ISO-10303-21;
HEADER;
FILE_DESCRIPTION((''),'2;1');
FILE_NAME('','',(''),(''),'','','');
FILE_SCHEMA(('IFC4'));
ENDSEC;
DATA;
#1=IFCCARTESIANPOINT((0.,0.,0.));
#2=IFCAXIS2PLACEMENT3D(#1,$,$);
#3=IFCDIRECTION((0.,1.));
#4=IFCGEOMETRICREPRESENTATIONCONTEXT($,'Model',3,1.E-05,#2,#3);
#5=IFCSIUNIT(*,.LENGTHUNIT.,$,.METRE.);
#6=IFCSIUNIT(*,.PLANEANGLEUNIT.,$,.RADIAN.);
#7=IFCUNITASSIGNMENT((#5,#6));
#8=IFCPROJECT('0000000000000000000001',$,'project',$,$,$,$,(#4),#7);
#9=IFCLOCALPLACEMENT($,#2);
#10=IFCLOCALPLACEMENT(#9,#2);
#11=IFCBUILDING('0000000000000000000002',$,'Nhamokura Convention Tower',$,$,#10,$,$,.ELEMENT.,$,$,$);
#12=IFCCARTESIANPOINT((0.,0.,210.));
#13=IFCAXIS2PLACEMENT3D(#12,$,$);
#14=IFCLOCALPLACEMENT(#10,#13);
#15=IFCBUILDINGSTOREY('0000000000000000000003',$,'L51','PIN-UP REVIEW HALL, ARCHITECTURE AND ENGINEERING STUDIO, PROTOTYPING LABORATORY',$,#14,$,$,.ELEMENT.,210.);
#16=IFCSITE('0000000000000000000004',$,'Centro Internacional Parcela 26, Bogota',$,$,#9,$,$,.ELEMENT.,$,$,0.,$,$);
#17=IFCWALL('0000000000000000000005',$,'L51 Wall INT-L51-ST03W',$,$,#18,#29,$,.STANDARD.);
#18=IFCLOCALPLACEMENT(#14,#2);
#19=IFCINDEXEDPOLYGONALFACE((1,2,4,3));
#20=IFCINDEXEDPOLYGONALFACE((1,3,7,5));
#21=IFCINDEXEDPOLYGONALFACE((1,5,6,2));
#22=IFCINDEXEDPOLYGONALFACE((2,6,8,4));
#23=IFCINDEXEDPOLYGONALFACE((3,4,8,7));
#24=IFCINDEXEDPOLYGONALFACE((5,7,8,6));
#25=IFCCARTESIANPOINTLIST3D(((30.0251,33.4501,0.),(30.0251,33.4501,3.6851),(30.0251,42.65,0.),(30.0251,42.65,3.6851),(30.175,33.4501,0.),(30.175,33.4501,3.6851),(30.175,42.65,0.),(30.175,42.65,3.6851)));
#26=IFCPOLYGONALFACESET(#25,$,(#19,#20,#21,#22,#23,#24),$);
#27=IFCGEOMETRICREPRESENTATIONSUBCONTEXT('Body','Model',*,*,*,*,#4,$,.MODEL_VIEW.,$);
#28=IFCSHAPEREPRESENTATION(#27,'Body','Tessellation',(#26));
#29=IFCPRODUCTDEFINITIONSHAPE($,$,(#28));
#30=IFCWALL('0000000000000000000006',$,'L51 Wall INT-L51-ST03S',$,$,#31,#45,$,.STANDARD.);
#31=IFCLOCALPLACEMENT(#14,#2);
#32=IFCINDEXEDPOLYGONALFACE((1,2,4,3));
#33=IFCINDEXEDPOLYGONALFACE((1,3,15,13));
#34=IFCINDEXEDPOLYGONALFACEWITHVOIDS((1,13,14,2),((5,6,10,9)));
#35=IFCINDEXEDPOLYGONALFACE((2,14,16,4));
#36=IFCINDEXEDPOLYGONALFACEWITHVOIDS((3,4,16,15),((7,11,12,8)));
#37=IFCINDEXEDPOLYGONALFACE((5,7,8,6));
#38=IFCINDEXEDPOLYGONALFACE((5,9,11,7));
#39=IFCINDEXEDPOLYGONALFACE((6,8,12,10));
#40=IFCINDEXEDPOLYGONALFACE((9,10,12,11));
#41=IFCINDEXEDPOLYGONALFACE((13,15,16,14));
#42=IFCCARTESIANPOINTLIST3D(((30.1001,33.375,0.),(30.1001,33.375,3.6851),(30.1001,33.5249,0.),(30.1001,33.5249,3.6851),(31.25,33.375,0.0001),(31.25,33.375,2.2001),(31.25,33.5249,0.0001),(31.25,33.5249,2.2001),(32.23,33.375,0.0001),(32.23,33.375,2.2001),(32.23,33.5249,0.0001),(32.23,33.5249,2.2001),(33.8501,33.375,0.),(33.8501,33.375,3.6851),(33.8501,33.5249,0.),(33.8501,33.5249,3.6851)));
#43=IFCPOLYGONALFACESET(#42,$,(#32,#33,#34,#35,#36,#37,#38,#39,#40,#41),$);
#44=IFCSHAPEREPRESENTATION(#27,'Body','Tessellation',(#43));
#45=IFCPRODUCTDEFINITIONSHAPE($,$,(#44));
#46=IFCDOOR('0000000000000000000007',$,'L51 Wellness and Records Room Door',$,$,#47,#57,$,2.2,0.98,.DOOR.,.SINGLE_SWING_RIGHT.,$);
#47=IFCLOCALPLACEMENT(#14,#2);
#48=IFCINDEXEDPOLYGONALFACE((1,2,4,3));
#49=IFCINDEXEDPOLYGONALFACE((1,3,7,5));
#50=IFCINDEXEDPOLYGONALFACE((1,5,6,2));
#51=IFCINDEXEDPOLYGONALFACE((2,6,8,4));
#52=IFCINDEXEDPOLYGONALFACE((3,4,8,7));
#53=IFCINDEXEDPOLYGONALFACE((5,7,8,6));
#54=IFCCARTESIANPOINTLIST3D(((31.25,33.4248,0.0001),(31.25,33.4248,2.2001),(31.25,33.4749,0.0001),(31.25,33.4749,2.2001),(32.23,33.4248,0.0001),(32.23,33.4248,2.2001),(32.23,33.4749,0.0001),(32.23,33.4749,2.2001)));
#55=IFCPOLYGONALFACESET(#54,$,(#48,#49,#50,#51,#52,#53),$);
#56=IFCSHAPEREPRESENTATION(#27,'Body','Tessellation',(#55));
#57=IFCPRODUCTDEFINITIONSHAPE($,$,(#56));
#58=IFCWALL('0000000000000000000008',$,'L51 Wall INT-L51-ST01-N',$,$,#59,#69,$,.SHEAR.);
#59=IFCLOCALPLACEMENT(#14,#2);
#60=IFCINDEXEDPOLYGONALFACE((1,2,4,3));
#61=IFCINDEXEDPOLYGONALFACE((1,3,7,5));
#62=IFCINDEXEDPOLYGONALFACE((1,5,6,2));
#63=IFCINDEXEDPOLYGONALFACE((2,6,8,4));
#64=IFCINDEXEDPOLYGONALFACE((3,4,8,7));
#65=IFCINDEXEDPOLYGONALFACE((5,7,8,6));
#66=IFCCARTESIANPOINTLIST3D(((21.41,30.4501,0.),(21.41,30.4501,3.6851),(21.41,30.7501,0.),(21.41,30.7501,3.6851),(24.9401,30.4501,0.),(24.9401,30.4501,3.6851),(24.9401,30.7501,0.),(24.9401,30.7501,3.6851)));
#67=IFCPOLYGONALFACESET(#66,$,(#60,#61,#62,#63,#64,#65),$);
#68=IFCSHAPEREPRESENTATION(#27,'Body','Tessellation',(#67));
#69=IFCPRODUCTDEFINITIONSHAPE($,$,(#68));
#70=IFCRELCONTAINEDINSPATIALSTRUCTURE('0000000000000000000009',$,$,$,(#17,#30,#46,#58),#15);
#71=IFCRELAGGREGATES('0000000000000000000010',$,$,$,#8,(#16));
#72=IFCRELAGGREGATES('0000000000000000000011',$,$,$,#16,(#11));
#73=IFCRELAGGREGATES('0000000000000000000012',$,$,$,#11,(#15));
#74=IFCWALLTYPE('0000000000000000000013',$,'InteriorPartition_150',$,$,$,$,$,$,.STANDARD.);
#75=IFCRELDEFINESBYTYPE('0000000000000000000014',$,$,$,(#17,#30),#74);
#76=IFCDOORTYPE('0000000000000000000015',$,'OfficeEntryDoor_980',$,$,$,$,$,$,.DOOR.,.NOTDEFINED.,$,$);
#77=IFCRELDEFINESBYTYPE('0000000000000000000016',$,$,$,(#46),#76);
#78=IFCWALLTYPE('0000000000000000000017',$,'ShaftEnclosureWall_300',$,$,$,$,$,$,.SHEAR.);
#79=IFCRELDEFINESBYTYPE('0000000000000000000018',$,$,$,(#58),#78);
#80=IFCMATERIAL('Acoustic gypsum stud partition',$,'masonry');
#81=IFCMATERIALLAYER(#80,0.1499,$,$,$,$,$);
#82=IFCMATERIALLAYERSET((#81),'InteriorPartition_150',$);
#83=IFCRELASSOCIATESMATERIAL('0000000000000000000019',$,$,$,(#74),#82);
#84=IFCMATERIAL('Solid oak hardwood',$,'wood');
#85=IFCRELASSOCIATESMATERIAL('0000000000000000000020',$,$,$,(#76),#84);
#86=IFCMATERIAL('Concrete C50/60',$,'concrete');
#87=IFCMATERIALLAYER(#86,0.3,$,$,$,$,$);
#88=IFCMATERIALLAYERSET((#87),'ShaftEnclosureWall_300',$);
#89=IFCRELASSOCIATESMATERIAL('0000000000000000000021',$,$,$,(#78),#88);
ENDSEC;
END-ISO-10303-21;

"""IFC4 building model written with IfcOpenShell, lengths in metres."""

from ifc_helpers import new_model, si_unit, direction, frame, frame_2d, origin, place, context, subcontext, project, spatial, rectangle, extrude, material, layer, layer_set, type_object, element, fill, save


model = new_model("IFC4")

# Units and contexts
model_context = context("Model", 3, precision=1e-05, world=origin(), true_north=direction((0.0, 1.0)))
body_context = subcontext(model_context, "Body", "Model", "MODEL_VIEW")
ifc_project = project(units=[si_unit("LENGTHUNIT", "METRE"), si_unit("PLANEANGLEUNIT", "RADIAN")], contexts=[model_context])

# Site, building, storey
site_placement = place(None, origin())
site = spatial("IfcSite", under=ifc_project, at=site_placement, Name="Centro Internacional Parcela 26, Bogota", CompositionType="ELEMENT", RefElevation=0.0)
building_placement = place(site_placement, origin())
building = spatial("IfcBuilding", under=site, at=building_placement, Name="Nhamokura Convention Tower", CompositionType="ELEMENT")
storey_placement = place(building_placement, frame((0.0, 0.0, 210.0)))
storey = spatial("IfcBuildingStorey", under=building, at=storey_placement, Name="L51", Description="PIN-UP REVIEW HALL, ARCHITECTURE AND ENGINEERING STUDIO, PROTOTYPING LABORATORY", CompositionType="ELEMENT", Elevation=210.0)

# Wall
ifc_material_1 = material(Name="Acoustic gypsum stud partition", Category="masonry")
ifc_layer_1 = layer(ifc_material_1, 0.1499)
ifc_layer_set_1 = layer_set([ifc_layer_1], Name="InteriorPartition_150")
wall_type_1 = type_object("IfcWallType", Name="InteriorPartition_150", PredefinedType="STANDARD", material=ifc_layer_set_1)
wall_1_placement = place(storey_placement, frame((30.1001, 33.45, 0.0), z_axis=(0.0, 0.0, 1.0), x_axis=(0.0, 1.0, 0.0)))
element("IfcWall", 1, at=wall_1_placement, inside=storey, type_object=wall_type_1, Name="L51 Wall INT-L51-ST03W", PredefinedType="STANDARD", context=body_context, shape_type="SweptSolid", body=[
    extrude(rectangle(XDim=9.2, YDim=0.1499, at=frame_2d((4.6001, 0.0))), origin(), (0.0, 0.0, 1.0), 3.6851),
])

# Wall, opening, door
wall_2_placement = place(storey_placement, frame((30.1001, 33.45, 0.0), z_axis=(0.0, 0.0, 1.0), x_axis=(1.0, 0.0, 0.0)))
wall_2 = element("IfcWall", 2, at=wall_2_placement, inside=storey, type_object=wall_type_1, Name="L51 Wall INT-L51-ST03S", PredefinedType="STANDARD", context=body_context, shape_type="SweptSolid", body=[
    extrude(rectangle(XDim=3.75, YDim=0.1499, at=frame_2d((1.875, 0.0))), origin(), (0.0, 0.0, 1.0), 3.6851),
])
opening_1_placement = place(wall_2_placement, frame((1.1499, 0.0, 0.0)))
opening_1 = element("IfcOpeningElement", 3, at=opening_1_placement, cuts=wall_2, PredefinedType="OPENING", context=body_context, shape_type="SweptSolid", body=[
    extrude(rectangle(XDim=0.98, YDim=2.2, at=frame_2d((0.49, 1.1001))), frame((0.0, 0.085, 0.0), z_axis=(0.0, -1.0, 0.0), x_axis=(1.0, 0.0, 0.0)), (0.0, 0.0, 1.0), 0.1699),
])
ifc_material_2 = material(Name="Solid oak hardwood", Category="wood")
door_type_1 = type_object("IfcDoorType", Name="OfficeEntryDoor_980", OperationType="NOTDEFINED", PredefinedType="DOOR", material=ifc_material_2)
door_1_placement = place(opening_1_placement, origin())
door_1 = element("IfcDoor", 4, at=door_1_placement, inside=storey, type_object=door_type_1, Name="L51 Wellness and Records Room Door", OperationType="SINGLE_SWING_RIGHT", OverallHeight=2.2, OverallWidth=0.98, PredefinedType="DOOR", context=body_context, shape_type="SweptSolid", body=[
    extrude(rectangle(XDim=0.98, YDim=2.2, at=frame_2d((0.49, 1.1001))), frame((0.0, 0.0249, 0.0), z_axis=(0.0, -1.0, 0.0), x_axis=(1.0, 0.0, 0.0)), (0.0, 0.0, 1.0), 0.05),
])
fill(opening_1, door_1)

# Wall
ifc_material_3 = material(Name="Concrete C50/60", Category="concrete")
ifc_layer_2 = layer(ifc_material_3, 0.3)
ifc_layer_set_2 = layer_set([ifc_layer_2], Name="ShaftEnclosureWall_300")
wall_type_2 = type_object("IfcWallType", Name="ShaftEnclosureWall_300", PredefinedType="SHEAR", material=ifc_layer_set_2)
wall_3_placement = place(storey_placement, frame((21.4099, 30.6001, 0.0), z_axis=(0.0, 0.0, 1.0), x_axis=(1.0, 0.0, 0.0)))
element("IfcWall", 5, at=wall_3_placement, inside=storey, type_object=wall_type_2, Name="L51 Wall INT-L51-ST01-N", PredefinedType="SHEAR", context=body_context, shape_type="SweptSolid", body=[
    extrude(rectangle(XDim=3.53, YDim=0.3, at=frame_2d((1.7651, 0.0))), origin(), (0.0, 0.0, 1.0), 3.6851),
])

save(model, "model.ifc")
